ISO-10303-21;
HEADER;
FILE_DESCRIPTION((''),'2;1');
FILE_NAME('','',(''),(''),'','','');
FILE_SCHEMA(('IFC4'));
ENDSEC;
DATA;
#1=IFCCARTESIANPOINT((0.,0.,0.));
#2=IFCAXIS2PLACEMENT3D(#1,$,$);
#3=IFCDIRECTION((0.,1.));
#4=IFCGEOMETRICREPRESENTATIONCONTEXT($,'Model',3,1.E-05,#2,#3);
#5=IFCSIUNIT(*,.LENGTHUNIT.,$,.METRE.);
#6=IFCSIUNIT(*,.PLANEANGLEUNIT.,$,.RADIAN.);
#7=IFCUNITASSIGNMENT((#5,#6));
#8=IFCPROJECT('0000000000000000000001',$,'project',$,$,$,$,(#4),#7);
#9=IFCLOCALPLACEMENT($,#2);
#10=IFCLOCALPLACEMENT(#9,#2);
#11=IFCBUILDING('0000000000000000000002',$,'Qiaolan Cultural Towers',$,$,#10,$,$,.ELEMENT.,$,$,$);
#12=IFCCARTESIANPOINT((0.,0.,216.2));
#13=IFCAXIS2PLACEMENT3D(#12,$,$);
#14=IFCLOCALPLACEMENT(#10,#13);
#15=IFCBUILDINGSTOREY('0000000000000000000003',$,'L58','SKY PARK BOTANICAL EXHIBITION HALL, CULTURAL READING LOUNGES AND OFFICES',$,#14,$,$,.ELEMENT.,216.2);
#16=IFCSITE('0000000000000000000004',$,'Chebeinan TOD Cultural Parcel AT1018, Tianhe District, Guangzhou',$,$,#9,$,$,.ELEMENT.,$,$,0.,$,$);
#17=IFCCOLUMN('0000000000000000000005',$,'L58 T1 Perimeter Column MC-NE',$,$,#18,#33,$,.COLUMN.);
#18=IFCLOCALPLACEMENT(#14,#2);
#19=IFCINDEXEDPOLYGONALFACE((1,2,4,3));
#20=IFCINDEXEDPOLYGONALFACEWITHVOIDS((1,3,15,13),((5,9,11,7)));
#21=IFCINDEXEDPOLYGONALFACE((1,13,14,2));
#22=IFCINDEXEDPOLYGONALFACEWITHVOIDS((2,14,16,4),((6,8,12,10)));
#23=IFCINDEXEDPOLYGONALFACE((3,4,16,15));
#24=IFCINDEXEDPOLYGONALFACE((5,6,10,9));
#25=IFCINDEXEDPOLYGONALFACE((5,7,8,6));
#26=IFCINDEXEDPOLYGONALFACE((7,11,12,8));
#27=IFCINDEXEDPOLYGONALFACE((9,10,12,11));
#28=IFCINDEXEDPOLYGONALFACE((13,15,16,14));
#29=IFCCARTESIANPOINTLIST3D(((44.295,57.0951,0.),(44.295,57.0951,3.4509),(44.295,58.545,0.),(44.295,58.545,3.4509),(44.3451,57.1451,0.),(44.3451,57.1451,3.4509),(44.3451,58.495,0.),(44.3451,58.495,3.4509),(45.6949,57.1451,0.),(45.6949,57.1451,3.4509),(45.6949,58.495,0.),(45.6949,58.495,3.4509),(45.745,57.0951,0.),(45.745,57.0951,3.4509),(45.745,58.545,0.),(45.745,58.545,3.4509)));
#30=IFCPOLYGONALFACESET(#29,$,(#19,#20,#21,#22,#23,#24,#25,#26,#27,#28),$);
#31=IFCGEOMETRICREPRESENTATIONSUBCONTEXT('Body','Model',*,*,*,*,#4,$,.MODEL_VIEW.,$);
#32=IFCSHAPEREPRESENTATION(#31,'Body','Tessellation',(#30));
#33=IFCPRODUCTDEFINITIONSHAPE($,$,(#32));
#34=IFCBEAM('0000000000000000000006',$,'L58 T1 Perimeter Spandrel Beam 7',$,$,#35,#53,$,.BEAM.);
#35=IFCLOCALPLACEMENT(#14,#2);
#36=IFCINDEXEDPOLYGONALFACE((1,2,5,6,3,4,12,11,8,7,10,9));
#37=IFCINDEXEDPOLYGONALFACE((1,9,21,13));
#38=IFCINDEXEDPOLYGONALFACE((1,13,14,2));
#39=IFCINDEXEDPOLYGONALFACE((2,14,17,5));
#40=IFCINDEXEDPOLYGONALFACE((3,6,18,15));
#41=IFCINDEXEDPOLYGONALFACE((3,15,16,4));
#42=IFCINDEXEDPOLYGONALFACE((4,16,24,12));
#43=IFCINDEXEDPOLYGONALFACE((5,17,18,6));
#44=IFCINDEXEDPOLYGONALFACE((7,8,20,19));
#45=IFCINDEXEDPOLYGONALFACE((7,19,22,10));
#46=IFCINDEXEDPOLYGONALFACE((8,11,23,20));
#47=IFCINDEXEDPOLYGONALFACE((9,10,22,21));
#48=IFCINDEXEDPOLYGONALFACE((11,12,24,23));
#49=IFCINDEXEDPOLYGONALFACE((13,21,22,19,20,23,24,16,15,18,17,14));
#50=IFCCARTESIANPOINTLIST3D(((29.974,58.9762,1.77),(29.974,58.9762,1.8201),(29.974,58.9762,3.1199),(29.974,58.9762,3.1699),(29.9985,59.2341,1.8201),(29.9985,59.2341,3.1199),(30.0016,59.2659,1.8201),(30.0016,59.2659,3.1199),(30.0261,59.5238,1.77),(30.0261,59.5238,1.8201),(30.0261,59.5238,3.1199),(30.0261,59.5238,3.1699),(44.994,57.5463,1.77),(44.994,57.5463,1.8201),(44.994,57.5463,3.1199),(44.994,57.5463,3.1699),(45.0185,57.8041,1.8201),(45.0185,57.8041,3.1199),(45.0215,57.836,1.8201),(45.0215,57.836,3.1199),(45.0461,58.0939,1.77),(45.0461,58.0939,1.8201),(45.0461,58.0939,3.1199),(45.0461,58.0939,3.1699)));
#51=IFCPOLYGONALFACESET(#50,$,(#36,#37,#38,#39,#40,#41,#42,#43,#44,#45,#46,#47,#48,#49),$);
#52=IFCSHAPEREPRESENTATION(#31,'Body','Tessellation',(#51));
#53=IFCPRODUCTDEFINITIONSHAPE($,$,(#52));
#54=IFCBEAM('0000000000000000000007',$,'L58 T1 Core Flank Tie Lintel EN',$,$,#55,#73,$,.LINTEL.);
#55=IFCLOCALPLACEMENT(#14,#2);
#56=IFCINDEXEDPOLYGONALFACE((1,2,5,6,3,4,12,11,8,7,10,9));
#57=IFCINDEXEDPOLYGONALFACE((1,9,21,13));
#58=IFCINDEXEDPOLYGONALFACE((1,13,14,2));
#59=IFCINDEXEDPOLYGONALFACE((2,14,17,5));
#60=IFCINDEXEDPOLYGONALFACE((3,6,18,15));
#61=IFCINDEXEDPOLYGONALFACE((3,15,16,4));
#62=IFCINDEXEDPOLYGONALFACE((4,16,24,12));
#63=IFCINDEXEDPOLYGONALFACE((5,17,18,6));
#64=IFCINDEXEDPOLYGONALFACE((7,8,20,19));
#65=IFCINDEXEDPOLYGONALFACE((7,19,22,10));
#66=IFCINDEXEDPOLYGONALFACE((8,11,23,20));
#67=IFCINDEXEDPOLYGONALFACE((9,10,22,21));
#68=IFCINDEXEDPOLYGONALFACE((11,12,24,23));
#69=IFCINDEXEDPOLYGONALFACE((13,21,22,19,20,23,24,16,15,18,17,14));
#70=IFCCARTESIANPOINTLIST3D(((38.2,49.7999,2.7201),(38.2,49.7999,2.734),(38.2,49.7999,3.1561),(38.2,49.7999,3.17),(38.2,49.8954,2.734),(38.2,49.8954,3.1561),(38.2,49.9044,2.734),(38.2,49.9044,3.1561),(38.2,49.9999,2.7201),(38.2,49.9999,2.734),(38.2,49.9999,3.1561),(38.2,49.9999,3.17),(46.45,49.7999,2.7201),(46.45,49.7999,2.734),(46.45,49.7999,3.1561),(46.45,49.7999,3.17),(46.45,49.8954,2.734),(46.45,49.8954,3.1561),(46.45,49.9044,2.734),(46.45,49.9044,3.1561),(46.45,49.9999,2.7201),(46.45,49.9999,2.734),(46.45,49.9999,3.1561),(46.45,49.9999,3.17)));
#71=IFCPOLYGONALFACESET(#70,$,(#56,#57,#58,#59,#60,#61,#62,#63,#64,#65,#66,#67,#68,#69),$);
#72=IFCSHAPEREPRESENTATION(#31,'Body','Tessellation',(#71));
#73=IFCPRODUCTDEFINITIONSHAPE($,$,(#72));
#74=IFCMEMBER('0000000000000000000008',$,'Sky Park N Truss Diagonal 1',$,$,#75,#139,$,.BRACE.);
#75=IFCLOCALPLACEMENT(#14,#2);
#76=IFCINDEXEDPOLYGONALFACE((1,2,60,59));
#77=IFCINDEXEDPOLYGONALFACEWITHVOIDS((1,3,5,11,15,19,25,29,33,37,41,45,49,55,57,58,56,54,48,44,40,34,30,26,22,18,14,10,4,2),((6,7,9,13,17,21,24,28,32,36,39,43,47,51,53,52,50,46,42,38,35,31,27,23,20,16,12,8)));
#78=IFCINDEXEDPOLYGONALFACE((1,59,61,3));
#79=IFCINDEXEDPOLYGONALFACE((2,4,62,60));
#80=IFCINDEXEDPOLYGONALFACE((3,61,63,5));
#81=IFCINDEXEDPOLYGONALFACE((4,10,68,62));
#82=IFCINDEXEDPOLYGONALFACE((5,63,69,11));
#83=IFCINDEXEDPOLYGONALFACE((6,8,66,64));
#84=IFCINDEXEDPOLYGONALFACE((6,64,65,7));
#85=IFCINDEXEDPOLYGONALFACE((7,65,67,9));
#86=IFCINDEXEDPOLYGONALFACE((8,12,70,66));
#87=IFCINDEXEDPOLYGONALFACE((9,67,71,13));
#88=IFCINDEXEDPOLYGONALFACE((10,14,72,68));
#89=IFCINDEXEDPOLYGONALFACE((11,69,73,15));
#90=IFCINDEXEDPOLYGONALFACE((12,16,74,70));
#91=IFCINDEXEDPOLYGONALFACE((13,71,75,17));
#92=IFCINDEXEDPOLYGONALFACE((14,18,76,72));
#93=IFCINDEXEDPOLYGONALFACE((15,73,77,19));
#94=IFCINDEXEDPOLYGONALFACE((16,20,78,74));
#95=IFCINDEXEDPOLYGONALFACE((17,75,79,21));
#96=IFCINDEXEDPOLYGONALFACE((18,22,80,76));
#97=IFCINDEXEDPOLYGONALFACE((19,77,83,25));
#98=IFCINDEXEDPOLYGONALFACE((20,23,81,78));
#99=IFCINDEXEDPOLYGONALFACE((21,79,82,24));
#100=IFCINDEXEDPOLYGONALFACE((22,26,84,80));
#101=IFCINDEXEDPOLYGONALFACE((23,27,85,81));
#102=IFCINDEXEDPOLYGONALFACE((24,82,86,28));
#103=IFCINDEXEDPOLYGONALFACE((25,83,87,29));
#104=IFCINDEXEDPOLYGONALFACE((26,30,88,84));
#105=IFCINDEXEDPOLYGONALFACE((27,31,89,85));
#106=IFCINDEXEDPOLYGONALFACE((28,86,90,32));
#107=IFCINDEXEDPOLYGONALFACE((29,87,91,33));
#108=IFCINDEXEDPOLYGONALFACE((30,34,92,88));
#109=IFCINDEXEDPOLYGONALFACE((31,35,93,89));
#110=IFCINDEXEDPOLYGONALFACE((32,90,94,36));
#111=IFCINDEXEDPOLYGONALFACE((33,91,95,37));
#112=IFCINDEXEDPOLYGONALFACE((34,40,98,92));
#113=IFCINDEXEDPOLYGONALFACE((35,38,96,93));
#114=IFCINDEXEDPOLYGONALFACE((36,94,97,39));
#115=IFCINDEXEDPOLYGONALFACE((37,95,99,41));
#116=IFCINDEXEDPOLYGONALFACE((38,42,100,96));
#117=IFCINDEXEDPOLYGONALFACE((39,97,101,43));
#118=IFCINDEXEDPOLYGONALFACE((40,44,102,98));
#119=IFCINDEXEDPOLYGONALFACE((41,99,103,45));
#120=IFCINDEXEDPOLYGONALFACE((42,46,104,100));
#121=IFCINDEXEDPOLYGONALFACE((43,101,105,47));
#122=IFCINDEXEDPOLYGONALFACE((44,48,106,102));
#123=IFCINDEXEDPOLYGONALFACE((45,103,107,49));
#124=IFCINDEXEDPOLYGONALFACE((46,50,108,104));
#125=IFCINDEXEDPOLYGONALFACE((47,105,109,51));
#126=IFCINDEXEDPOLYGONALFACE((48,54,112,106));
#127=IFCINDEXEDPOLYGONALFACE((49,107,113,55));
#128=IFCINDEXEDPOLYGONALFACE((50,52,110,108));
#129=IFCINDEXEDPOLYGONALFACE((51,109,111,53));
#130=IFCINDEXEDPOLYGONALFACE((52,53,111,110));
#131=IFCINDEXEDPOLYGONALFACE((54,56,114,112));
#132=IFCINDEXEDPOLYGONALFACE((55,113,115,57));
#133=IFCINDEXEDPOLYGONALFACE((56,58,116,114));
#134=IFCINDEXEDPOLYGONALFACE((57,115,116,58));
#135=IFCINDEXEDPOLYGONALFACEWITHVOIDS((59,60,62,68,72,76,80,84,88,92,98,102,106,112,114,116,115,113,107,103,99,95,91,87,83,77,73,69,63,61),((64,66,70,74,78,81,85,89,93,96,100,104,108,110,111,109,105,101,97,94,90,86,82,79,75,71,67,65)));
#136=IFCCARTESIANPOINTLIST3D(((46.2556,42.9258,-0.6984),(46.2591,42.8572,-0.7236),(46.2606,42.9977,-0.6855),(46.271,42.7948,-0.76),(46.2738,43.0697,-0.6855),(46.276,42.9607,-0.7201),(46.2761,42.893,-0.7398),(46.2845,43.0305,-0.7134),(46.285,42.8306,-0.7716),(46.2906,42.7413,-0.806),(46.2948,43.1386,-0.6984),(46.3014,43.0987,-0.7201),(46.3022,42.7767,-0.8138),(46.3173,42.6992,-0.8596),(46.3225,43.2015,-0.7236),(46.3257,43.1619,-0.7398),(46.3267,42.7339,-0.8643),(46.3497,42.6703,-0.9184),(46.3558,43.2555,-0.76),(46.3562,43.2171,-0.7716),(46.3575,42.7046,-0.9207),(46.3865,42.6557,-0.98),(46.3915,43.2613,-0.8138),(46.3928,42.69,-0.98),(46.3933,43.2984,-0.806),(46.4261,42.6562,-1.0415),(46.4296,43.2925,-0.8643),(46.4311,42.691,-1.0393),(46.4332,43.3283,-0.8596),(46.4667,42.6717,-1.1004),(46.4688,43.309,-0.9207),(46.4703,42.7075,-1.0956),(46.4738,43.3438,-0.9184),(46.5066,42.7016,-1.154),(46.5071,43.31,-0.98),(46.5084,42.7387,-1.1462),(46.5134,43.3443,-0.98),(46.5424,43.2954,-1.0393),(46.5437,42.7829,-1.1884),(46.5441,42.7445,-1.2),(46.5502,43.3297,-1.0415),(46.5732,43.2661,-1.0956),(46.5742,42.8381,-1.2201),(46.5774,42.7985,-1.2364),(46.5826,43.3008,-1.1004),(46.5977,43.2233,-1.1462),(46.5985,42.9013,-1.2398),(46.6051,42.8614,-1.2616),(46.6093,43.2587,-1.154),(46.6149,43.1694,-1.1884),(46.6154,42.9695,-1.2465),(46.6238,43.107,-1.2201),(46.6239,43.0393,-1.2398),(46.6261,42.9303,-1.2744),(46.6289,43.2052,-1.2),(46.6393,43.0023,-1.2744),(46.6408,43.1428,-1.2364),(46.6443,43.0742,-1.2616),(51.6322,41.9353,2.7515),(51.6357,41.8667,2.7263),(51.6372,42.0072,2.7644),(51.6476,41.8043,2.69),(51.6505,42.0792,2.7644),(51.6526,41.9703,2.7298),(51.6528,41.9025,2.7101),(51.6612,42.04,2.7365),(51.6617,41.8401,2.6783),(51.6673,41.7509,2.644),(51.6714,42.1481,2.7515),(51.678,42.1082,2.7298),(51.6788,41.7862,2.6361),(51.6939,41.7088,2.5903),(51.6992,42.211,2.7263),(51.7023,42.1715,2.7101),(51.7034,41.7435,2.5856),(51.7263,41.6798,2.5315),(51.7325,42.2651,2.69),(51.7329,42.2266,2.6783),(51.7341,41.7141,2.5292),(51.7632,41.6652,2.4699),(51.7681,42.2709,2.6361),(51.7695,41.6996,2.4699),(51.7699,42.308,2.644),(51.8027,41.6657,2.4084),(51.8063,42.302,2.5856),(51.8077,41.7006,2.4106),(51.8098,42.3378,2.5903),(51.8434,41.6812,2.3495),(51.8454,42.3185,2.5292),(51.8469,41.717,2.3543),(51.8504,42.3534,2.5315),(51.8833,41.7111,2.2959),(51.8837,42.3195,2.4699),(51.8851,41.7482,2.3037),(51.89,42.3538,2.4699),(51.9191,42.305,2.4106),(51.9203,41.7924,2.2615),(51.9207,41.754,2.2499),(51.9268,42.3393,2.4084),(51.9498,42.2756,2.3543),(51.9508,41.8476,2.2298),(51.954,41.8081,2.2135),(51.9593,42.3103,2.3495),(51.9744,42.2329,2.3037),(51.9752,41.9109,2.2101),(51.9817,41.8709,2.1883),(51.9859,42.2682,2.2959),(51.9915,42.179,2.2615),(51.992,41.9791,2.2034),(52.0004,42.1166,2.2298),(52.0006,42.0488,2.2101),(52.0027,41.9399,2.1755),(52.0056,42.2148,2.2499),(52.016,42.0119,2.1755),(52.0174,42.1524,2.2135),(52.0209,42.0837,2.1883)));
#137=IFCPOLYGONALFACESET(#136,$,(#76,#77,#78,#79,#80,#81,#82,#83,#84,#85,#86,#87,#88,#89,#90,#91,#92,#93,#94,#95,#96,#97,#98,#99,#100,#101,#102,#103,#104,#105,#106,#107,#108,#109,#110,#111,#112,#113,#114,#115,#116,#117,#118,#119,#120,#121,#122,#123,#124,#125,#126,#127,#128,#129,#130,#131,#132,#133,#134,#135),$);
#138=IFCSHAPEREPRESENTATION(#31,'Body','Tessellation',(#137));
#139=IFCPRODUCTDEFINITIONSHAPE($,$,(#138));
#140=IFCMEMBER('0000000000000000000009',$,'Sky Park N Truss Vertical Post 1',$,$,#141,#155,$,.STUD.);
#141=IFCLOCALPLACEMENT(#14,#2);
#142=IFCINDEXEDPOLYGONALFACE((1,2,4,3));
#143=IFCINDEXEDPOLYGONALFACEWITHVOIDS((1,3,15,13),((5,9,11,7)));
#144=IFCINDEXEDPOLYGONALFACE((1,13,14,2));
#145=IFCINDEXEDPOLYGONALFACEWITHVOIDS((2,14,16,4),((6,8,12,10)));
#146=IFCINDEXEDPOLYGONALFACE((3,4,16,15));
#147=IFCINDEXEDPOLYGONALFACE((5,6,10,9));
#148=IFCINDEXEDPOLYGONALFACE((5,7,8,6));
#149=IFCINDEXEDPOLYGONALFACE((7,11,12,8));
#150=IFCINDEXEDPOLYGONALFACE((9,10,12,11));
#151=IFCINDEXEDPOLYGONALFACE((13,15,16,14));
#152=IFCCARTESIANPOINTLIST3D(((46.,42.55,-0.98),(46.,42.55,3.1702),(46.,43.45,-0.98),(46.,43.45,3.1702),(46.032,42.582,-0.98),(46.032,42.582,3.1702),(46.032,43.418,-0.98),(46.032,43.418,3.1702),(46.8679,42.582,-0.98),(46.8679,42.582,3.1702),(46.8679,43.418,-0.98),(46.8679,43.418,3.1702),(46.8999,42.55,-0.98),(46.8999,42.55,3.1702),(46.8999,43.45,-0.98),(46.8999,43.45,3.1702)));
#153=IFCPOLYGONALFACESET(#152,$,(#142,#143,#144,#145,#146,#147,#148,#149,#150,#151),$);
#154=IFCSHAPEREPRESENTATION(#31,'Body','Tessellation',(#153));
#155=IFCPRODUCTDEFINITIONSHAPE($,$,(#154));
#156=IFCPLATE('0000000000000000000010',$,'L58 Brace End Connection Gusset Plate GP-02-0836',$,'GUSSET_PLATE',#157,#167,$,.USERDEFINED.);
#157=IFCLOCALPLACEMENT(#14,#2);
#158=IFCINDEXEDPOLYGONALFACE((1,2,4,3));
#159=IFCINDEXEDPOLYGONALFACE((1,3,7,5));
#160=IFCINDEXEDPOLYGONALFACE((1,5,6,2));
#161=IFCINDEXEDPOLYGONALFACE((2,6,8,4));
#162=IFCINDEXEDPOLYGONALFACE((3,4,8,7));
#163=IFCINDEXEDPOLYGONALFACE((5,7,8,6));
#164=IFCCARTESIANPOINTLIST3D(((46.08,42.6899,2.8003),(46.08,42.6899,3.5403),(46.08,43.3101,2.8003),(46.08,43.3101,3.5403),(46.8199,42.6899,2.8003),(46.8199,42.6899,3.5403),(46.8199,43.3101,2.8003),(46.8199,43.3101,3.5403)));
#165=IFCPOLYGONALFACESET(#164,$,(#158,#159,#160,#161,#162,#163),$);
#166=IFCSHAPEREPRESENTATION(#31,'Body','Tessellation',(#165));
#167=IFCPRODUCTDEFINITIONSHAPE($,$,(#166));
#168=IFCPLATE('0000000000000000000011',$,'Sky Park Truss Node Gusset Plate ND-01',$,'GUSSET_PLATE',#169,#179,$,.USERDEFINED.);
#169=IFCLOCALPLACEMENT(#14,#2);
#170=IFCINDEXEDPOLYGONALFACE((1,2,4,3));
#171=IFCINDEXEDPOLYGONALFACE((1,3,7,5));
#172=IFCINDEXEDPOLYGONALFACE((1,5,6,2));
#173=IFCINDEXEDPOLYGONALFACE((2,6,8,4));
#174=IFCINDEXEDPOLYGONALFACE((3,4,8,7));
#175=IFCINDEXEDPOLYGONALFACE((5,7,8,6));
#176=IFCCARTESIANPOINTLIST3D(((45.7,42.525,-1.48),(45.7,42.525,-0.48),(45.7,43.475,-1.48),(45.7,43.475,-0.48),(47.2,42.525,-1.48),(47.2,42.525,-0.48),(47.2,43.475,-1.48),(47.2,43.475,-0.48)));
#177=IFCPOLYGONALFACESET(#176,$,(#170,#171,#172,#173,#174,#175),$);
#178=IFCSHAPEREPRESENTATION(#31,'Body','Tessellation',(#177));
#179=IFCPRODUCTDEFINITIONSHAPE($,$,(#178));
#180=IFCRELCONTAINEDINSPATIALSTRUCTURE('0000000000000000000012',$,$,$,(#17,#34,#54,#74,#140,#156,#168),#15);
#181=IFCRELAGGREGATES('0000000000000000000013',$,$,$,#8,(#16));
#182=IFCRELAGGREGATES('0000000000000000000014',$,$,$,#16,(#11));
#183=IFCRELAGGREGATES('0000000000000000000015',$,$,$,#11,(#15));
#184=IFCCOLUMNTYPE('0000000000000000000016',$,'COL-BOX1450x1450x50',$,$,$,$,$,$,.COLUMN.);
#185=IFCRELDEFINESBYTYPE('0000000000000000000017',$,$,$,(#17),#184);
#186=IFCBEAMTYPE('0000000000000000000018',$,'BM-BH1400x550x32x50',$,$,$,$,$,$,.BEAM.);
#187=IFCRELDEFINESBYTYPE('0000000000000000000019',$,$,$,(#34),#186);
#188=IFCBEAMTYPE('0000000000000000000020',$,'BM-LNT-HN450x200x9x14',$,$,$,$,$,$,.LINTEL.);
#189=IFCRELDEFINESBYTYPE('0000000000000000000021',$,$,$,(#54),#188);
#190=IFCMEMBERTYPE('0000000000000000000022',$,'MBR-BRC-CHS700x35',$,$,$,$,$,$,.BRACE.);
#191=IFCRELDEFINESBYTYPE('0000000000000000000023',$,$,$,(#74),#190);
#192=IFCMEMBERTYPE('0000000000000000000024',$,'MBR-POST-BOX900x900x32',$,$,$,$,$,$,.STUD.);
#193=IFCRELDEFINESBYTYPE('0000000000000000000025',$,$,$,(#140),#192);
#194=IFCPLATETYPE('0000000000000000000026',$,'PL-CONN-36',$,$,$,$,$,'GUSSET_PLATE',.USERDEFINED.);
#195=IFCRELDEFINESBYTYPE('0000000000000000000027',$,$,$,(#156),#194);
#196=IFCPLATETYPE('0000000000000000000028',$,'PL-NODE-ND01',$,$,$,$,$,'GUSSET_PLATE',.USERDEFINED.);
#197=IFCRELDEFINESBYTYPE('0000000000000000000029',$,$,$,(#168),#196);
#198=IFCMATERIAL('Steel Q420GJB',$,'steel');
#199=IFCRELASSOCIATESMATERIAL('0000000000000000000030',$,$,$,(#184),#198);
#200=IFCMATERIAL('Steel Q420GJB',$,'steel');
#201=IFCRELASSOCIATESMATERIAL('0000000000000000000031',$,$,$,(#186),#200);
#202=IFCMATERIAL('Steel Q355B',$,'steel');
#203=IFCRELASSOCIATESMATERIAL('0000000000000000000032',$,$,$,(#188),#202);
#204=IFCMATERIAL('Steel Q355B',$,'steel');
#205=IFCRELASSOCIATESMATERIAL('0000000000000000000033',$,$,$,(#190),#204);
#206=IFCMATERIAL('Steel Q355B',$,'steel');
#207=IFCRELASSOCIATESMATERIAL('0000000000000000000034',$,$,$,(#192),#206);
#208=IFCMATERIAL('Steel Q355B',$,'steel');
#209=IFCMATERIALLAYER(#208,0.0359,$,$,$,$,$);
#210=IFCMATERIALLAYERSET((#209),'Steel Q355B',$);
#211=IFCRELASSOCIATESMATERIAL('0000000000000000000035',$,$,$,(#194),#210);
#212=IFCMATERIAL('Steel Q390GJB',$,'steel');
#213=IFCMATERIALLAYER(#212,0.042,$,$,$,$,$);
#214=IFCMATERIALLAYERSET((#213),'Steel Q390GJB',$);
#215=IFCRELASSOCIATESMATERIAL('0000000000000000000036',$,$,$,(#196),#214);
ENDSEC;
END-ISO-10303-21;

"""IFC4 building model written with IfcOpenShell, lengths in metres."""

from ifc_helpers import new_model, si_unit, direction, frame, origin, origin_2d, place, context, subcontext, project, spatial, rectangle, hollow_rectangle, hollow_circle, i_section, extrude, material, layer, layer_set, material_profile, profile_set, type_object, element, save


model = new_model("IFC4")

# Units and contexts
model_context = context("Model", 3, precision=1e-05, world=origin(), true_north=direction((0.0, 1.0)))
body_context = subcontext(model_context, "Body", "Model", "MODEL_VIEW")
ifc_project = project(units=[si_unit("LENGTHUNIT", "METRE"), si_unit("PLANEANGLEUNIT", "RADIAN")], contexts=[model_context])

# Site, building, storey
site_placement = place(None, origin())
site = spatial("IfcSite", under=ifc_project, at=site_placement, Name="Chebeinan TOD Cultural Parcel AT1018, Tianhe District, Guangzhou", CompositionType="ELEMENT", RefElevation=0.0)
building_placement = place(site_placement, origin())
building = spatial("IfcBuilding", under=site, at=building_placement, Name="Qiaolan Cultural Towers", CompositionType="ELEMENT")
storey_placement = place(building_placement, frame((0.0, 0.0, 216.2)))
storey = spatial("IfcBuildingStorey", under=building, at=storey_placement, Name="L58", Description="SKY PARK BOTANICAL EXHIBITION HALL, CULTURAL READING LOUNGES AND OFFICES", CompositionType="ELEMENT", Elevation=216.2)

# Column
ifc_material_1 = material(Name="Steel Q420GJB", Category="steel")
ifc_material_profile_1 = material_profile(ifc_material_1, hollow_rectangle(XDim=1.45, YDim=1.45, WallThickness=0.05, at=origin_2d()), Name="BOX1450x1450x50")
ifc_profile_set_1 = profile_set([ifc_material_profile_1], Name="Steel Q420GJB")
column_type = type_object("IfcColumnType", Name="COL-BOX1450x1450x50", PredefinedType="COLUMN", material=ifc_profile_set_1)
column_placement = place(storey_placement, frame((45.02, 57.8201, 0.0), z_axis=(0.0, 0.0, 1.0), x_axis=(1.0, 0.0, 0.0)))
element("IfcColumn", 1, at=column_placement, inside=storey, type_object=column_type, Name="L58 T1 Perimeter Column MC-NE", PredefinedType="COLUMN", context=body_context, shape_type="SweptSolid", body=[
    extrude(hollow_rectangle(XDim=1.45, YDim=1.45, WallThickness=0.05, at=origin_2d()), origin(), (0.0, 0.0, 1.0), 3.4509),
])

# Beams
ifc_material_2 = material(Name="Steel Q420GJB", Category="steel")
ifc_material_profile_2 = material_profile(ifc_material_2, i_section(OverallWidth=0.55, OverallDepth=1.3999, WebThickness=0.032, FlangeThickness=0.05, at=origin_2d()), Name="BH1400x550x32x50")
ifc_profile_set_2 = profile_set([ifc_material_profile_2], Name="Steel Q420GJB")
beam_type_1 = type_object("IfcBeamType", Name="BM-BH1400x550x32x50", PredefinedType="BEAM", material=ifc_profile_set_2)
beam_1_placement = place(storey_placement, frame((45.02, 57.8201, 2.47), z_axis=(-0.995499, 0.094773, 0.0), x_axis=(-0.094773, -0.995499, 0.0)))
element("IfcBeam", 2, at=beam_1_placement, inside=storey, type_object=beam_type_1, Name="L58 T1 Perimeter Spandrel Beam 7", PredefinedType="BEAM", context=body_context, shape_type="SweptSolid", body=[
    extrude(i_section(OverallWidth=0.55, OverallDepth=1.3999, WebThickness=0.032, FlangeThickness=0.05, at=origin_2d()), origin(), (0.0, 0.0, 1.0), 15.0879),
])
ifc_material_3 = material(Name="Steel Q355B", Category="steel")
ifc_material_profile_3 = material_profile(ifc_material_3, i_section(OverallWidth=0.2, OverallDepth=0.45, WebThickness=0.009, FlangeThickness=0.0139, at=origin_2d()), Name="HN450x200x9x14")
ifc_profile_set_3 = profile_set([ifc_material_profile_3], Name="Steel Q355B")
beam_type_2 = type_object("IfcBeamType", Name="BM-LNT-HN450x200x9x14", PredefinedType="LINTEL", material=ifc_profile_set_3)
beam_2_placement = place(storey_placement, frame((38.2, 49.8999, 2.9451), z_axis=(1.0, 0.0, 0.0), x_axis=(0.0, 1.0, 0.0)))
element("IfcBeam", 3, at=beam_2_placement, inside=storey, type_object=beam_type_2, Name="L58 T1 Core Flank Tie Lintel EN", PredefinedType="LINTEL", context=body_context, shape_type="SweptSolid", body=[
    extrude(i_section(OverallWidth=0.2, OverallDepth=0.45, WebThickness=0.009, FlangeThickness=0.0139, at=origin_2d()), origin(), (0.0, 0.0, 1.0), 8.25),
])

# Members
ifc_material_4 = material(Name="Steel Q355B", Category="steel")
ifc_material_profile_4 = material_profile(ifc_material_4, hollow_circle(Radius=0.3501, WallThickness=0.0349, at=origin_2d()), Name="CHS700x35")
ifc_profile_set_4 = profile_set([ifc_material_profile_4], Name="Steel Q355B")
member_type_1 = type_object("IfcMemberType", Name="MBR-BRC-CHS700x35", PredefinedType="BRACE", material=ifc_profile_set_4)
member_1_placement = place(storey_placement, frame((46.45, 43.0, -0.98), z_axis=(0.831704, -0.153214, 0.533661), x_axis=(0.181168, 0.983452, 0.0)))
element("IfcMember", 4, at=member_1_placement, inside=storey, type_object=member_type_1, Name="Sky Park N Truss Diagonal 1", PredefinedType="BRACE", context=body_context, shape_type="SweptSolid", body=[
    extrude(hollow_circle(Radius=0.3501, WallThickness=0.0349, at=origin_2d()), origin(), (0.0, 0.0, 1.0), 6.4646),
])
ifc_material_5 = material(Name="Steel Q355B", Category="steel")
ifc_material_profile_5 = material_profile(ifc_material_5, hollow_rectangle(XDim=0.8999, YDim=0.8999, WallThickness=0.032, at=origin_2d()), Name="BOX900x900x32")
ifc_profile_set_5 = profile_set([ifc_material_profile_5], Name="Steel Q355B")
member_type_2 = type_object("IfcMemberType", Name="MBR-POST-BOX900x900x32", PredefinedType="STUD", material=ifc_profile_set_5)
member_2_placement = place(storey_placement, frame((46.45, 43.0, -0.98), z_axis=(0.0, 0.0, 1.0), x_axis=(1.0, 0.0, 0.0)))
element("IfcMember", 5, at=member_2_placement, inside=storey, type_object=member_type_2, Name="Sky Park N Truss Vertical Post 1", PredefinedType="STUD", context=body_context, shape_type="SweptSolid", body=[
    extrude(hollow_rectangle(XDim=0.8999, YDim=0.8999, WallThickness=0.032, at=origin_2d()), origin(), (0.0, 0.0, 1.0), 4.1501),
])

# Plates
ifc_material_6 = material(Name="Steel Q355B", Category="steel")
ifc_layer_1 = layer(ifc_material_6, 0.0359)
ifc_layer_set_1 = layer_set([ifc_layer_1], Name="Steel Q355B")
plate_type_1 = type_object("IfcPlateType", Name="PL-CONN-36", ElementType="GUSSET_PLATE", PredefinedType="USERDEFINED", material=ifc_layer_set_1)
plate_1_placement = place(storey_placement, frame((46.45, 43.0, 2.8003), z_axis=(0.0, 0.0, 1.0), x_axis=(1.0, 0.0, 0.0)))
element("IfcPlate", 6, at=plate_1_placement, inside=storey, type_object=plate_type_1, Name="L58 Brace End Connection Gusset Plate GP-02-0836", ObjectType="GUSSET_PLATE", PredefinedType="USERDEFINED", context=body_context, shape_type="SweptSolid", body=[
    extrude(rectangle(XDim=0.74, YDim=0.6201, at=origin_2d()), origin(), (0.0, 0.0, 1.0), 0.74),
])
ifc_material_7 = material(Name="Steel Q390GJB", Category="steel")
ifc_layer_2 = layer(ifc_material_7, 0.042)
ifc_layer_set_2 = layer_set([ifc_layer_2], Name="Steel Q390GJB")
plate_type_2 = type_object("IfcPlateType", Name="PL-NODE-ND01", ElementType="GUSSET_PLATE", PredefinedType="USERDEFINED", material=ifc_layer_set_2)
plate_2_placement = place(storey_placement, frame((46.45, 43.0, -1.48), z_axis=(0.0, 0.0, 1.0), x_axis=(1.0, 0.0, 0.0)))
element("IfcPlate", 7, at=plate_2_placement, inside=storey, type_object=plate_type_2, Name="Sky Park Truss Node Gusset Plate ND-01", ObjectType="GUSSET_PLATE", PredefinedType="USERDEFINED", context=body_context, shape_type="SweptSolid", body=[
    extrude(rectangle(XDim=1.5, YDim=0.95, at=origin_2d()), origin(), (0.0, 0.0, 1.0), 1.0),
])

save(model, "model.ifc")
